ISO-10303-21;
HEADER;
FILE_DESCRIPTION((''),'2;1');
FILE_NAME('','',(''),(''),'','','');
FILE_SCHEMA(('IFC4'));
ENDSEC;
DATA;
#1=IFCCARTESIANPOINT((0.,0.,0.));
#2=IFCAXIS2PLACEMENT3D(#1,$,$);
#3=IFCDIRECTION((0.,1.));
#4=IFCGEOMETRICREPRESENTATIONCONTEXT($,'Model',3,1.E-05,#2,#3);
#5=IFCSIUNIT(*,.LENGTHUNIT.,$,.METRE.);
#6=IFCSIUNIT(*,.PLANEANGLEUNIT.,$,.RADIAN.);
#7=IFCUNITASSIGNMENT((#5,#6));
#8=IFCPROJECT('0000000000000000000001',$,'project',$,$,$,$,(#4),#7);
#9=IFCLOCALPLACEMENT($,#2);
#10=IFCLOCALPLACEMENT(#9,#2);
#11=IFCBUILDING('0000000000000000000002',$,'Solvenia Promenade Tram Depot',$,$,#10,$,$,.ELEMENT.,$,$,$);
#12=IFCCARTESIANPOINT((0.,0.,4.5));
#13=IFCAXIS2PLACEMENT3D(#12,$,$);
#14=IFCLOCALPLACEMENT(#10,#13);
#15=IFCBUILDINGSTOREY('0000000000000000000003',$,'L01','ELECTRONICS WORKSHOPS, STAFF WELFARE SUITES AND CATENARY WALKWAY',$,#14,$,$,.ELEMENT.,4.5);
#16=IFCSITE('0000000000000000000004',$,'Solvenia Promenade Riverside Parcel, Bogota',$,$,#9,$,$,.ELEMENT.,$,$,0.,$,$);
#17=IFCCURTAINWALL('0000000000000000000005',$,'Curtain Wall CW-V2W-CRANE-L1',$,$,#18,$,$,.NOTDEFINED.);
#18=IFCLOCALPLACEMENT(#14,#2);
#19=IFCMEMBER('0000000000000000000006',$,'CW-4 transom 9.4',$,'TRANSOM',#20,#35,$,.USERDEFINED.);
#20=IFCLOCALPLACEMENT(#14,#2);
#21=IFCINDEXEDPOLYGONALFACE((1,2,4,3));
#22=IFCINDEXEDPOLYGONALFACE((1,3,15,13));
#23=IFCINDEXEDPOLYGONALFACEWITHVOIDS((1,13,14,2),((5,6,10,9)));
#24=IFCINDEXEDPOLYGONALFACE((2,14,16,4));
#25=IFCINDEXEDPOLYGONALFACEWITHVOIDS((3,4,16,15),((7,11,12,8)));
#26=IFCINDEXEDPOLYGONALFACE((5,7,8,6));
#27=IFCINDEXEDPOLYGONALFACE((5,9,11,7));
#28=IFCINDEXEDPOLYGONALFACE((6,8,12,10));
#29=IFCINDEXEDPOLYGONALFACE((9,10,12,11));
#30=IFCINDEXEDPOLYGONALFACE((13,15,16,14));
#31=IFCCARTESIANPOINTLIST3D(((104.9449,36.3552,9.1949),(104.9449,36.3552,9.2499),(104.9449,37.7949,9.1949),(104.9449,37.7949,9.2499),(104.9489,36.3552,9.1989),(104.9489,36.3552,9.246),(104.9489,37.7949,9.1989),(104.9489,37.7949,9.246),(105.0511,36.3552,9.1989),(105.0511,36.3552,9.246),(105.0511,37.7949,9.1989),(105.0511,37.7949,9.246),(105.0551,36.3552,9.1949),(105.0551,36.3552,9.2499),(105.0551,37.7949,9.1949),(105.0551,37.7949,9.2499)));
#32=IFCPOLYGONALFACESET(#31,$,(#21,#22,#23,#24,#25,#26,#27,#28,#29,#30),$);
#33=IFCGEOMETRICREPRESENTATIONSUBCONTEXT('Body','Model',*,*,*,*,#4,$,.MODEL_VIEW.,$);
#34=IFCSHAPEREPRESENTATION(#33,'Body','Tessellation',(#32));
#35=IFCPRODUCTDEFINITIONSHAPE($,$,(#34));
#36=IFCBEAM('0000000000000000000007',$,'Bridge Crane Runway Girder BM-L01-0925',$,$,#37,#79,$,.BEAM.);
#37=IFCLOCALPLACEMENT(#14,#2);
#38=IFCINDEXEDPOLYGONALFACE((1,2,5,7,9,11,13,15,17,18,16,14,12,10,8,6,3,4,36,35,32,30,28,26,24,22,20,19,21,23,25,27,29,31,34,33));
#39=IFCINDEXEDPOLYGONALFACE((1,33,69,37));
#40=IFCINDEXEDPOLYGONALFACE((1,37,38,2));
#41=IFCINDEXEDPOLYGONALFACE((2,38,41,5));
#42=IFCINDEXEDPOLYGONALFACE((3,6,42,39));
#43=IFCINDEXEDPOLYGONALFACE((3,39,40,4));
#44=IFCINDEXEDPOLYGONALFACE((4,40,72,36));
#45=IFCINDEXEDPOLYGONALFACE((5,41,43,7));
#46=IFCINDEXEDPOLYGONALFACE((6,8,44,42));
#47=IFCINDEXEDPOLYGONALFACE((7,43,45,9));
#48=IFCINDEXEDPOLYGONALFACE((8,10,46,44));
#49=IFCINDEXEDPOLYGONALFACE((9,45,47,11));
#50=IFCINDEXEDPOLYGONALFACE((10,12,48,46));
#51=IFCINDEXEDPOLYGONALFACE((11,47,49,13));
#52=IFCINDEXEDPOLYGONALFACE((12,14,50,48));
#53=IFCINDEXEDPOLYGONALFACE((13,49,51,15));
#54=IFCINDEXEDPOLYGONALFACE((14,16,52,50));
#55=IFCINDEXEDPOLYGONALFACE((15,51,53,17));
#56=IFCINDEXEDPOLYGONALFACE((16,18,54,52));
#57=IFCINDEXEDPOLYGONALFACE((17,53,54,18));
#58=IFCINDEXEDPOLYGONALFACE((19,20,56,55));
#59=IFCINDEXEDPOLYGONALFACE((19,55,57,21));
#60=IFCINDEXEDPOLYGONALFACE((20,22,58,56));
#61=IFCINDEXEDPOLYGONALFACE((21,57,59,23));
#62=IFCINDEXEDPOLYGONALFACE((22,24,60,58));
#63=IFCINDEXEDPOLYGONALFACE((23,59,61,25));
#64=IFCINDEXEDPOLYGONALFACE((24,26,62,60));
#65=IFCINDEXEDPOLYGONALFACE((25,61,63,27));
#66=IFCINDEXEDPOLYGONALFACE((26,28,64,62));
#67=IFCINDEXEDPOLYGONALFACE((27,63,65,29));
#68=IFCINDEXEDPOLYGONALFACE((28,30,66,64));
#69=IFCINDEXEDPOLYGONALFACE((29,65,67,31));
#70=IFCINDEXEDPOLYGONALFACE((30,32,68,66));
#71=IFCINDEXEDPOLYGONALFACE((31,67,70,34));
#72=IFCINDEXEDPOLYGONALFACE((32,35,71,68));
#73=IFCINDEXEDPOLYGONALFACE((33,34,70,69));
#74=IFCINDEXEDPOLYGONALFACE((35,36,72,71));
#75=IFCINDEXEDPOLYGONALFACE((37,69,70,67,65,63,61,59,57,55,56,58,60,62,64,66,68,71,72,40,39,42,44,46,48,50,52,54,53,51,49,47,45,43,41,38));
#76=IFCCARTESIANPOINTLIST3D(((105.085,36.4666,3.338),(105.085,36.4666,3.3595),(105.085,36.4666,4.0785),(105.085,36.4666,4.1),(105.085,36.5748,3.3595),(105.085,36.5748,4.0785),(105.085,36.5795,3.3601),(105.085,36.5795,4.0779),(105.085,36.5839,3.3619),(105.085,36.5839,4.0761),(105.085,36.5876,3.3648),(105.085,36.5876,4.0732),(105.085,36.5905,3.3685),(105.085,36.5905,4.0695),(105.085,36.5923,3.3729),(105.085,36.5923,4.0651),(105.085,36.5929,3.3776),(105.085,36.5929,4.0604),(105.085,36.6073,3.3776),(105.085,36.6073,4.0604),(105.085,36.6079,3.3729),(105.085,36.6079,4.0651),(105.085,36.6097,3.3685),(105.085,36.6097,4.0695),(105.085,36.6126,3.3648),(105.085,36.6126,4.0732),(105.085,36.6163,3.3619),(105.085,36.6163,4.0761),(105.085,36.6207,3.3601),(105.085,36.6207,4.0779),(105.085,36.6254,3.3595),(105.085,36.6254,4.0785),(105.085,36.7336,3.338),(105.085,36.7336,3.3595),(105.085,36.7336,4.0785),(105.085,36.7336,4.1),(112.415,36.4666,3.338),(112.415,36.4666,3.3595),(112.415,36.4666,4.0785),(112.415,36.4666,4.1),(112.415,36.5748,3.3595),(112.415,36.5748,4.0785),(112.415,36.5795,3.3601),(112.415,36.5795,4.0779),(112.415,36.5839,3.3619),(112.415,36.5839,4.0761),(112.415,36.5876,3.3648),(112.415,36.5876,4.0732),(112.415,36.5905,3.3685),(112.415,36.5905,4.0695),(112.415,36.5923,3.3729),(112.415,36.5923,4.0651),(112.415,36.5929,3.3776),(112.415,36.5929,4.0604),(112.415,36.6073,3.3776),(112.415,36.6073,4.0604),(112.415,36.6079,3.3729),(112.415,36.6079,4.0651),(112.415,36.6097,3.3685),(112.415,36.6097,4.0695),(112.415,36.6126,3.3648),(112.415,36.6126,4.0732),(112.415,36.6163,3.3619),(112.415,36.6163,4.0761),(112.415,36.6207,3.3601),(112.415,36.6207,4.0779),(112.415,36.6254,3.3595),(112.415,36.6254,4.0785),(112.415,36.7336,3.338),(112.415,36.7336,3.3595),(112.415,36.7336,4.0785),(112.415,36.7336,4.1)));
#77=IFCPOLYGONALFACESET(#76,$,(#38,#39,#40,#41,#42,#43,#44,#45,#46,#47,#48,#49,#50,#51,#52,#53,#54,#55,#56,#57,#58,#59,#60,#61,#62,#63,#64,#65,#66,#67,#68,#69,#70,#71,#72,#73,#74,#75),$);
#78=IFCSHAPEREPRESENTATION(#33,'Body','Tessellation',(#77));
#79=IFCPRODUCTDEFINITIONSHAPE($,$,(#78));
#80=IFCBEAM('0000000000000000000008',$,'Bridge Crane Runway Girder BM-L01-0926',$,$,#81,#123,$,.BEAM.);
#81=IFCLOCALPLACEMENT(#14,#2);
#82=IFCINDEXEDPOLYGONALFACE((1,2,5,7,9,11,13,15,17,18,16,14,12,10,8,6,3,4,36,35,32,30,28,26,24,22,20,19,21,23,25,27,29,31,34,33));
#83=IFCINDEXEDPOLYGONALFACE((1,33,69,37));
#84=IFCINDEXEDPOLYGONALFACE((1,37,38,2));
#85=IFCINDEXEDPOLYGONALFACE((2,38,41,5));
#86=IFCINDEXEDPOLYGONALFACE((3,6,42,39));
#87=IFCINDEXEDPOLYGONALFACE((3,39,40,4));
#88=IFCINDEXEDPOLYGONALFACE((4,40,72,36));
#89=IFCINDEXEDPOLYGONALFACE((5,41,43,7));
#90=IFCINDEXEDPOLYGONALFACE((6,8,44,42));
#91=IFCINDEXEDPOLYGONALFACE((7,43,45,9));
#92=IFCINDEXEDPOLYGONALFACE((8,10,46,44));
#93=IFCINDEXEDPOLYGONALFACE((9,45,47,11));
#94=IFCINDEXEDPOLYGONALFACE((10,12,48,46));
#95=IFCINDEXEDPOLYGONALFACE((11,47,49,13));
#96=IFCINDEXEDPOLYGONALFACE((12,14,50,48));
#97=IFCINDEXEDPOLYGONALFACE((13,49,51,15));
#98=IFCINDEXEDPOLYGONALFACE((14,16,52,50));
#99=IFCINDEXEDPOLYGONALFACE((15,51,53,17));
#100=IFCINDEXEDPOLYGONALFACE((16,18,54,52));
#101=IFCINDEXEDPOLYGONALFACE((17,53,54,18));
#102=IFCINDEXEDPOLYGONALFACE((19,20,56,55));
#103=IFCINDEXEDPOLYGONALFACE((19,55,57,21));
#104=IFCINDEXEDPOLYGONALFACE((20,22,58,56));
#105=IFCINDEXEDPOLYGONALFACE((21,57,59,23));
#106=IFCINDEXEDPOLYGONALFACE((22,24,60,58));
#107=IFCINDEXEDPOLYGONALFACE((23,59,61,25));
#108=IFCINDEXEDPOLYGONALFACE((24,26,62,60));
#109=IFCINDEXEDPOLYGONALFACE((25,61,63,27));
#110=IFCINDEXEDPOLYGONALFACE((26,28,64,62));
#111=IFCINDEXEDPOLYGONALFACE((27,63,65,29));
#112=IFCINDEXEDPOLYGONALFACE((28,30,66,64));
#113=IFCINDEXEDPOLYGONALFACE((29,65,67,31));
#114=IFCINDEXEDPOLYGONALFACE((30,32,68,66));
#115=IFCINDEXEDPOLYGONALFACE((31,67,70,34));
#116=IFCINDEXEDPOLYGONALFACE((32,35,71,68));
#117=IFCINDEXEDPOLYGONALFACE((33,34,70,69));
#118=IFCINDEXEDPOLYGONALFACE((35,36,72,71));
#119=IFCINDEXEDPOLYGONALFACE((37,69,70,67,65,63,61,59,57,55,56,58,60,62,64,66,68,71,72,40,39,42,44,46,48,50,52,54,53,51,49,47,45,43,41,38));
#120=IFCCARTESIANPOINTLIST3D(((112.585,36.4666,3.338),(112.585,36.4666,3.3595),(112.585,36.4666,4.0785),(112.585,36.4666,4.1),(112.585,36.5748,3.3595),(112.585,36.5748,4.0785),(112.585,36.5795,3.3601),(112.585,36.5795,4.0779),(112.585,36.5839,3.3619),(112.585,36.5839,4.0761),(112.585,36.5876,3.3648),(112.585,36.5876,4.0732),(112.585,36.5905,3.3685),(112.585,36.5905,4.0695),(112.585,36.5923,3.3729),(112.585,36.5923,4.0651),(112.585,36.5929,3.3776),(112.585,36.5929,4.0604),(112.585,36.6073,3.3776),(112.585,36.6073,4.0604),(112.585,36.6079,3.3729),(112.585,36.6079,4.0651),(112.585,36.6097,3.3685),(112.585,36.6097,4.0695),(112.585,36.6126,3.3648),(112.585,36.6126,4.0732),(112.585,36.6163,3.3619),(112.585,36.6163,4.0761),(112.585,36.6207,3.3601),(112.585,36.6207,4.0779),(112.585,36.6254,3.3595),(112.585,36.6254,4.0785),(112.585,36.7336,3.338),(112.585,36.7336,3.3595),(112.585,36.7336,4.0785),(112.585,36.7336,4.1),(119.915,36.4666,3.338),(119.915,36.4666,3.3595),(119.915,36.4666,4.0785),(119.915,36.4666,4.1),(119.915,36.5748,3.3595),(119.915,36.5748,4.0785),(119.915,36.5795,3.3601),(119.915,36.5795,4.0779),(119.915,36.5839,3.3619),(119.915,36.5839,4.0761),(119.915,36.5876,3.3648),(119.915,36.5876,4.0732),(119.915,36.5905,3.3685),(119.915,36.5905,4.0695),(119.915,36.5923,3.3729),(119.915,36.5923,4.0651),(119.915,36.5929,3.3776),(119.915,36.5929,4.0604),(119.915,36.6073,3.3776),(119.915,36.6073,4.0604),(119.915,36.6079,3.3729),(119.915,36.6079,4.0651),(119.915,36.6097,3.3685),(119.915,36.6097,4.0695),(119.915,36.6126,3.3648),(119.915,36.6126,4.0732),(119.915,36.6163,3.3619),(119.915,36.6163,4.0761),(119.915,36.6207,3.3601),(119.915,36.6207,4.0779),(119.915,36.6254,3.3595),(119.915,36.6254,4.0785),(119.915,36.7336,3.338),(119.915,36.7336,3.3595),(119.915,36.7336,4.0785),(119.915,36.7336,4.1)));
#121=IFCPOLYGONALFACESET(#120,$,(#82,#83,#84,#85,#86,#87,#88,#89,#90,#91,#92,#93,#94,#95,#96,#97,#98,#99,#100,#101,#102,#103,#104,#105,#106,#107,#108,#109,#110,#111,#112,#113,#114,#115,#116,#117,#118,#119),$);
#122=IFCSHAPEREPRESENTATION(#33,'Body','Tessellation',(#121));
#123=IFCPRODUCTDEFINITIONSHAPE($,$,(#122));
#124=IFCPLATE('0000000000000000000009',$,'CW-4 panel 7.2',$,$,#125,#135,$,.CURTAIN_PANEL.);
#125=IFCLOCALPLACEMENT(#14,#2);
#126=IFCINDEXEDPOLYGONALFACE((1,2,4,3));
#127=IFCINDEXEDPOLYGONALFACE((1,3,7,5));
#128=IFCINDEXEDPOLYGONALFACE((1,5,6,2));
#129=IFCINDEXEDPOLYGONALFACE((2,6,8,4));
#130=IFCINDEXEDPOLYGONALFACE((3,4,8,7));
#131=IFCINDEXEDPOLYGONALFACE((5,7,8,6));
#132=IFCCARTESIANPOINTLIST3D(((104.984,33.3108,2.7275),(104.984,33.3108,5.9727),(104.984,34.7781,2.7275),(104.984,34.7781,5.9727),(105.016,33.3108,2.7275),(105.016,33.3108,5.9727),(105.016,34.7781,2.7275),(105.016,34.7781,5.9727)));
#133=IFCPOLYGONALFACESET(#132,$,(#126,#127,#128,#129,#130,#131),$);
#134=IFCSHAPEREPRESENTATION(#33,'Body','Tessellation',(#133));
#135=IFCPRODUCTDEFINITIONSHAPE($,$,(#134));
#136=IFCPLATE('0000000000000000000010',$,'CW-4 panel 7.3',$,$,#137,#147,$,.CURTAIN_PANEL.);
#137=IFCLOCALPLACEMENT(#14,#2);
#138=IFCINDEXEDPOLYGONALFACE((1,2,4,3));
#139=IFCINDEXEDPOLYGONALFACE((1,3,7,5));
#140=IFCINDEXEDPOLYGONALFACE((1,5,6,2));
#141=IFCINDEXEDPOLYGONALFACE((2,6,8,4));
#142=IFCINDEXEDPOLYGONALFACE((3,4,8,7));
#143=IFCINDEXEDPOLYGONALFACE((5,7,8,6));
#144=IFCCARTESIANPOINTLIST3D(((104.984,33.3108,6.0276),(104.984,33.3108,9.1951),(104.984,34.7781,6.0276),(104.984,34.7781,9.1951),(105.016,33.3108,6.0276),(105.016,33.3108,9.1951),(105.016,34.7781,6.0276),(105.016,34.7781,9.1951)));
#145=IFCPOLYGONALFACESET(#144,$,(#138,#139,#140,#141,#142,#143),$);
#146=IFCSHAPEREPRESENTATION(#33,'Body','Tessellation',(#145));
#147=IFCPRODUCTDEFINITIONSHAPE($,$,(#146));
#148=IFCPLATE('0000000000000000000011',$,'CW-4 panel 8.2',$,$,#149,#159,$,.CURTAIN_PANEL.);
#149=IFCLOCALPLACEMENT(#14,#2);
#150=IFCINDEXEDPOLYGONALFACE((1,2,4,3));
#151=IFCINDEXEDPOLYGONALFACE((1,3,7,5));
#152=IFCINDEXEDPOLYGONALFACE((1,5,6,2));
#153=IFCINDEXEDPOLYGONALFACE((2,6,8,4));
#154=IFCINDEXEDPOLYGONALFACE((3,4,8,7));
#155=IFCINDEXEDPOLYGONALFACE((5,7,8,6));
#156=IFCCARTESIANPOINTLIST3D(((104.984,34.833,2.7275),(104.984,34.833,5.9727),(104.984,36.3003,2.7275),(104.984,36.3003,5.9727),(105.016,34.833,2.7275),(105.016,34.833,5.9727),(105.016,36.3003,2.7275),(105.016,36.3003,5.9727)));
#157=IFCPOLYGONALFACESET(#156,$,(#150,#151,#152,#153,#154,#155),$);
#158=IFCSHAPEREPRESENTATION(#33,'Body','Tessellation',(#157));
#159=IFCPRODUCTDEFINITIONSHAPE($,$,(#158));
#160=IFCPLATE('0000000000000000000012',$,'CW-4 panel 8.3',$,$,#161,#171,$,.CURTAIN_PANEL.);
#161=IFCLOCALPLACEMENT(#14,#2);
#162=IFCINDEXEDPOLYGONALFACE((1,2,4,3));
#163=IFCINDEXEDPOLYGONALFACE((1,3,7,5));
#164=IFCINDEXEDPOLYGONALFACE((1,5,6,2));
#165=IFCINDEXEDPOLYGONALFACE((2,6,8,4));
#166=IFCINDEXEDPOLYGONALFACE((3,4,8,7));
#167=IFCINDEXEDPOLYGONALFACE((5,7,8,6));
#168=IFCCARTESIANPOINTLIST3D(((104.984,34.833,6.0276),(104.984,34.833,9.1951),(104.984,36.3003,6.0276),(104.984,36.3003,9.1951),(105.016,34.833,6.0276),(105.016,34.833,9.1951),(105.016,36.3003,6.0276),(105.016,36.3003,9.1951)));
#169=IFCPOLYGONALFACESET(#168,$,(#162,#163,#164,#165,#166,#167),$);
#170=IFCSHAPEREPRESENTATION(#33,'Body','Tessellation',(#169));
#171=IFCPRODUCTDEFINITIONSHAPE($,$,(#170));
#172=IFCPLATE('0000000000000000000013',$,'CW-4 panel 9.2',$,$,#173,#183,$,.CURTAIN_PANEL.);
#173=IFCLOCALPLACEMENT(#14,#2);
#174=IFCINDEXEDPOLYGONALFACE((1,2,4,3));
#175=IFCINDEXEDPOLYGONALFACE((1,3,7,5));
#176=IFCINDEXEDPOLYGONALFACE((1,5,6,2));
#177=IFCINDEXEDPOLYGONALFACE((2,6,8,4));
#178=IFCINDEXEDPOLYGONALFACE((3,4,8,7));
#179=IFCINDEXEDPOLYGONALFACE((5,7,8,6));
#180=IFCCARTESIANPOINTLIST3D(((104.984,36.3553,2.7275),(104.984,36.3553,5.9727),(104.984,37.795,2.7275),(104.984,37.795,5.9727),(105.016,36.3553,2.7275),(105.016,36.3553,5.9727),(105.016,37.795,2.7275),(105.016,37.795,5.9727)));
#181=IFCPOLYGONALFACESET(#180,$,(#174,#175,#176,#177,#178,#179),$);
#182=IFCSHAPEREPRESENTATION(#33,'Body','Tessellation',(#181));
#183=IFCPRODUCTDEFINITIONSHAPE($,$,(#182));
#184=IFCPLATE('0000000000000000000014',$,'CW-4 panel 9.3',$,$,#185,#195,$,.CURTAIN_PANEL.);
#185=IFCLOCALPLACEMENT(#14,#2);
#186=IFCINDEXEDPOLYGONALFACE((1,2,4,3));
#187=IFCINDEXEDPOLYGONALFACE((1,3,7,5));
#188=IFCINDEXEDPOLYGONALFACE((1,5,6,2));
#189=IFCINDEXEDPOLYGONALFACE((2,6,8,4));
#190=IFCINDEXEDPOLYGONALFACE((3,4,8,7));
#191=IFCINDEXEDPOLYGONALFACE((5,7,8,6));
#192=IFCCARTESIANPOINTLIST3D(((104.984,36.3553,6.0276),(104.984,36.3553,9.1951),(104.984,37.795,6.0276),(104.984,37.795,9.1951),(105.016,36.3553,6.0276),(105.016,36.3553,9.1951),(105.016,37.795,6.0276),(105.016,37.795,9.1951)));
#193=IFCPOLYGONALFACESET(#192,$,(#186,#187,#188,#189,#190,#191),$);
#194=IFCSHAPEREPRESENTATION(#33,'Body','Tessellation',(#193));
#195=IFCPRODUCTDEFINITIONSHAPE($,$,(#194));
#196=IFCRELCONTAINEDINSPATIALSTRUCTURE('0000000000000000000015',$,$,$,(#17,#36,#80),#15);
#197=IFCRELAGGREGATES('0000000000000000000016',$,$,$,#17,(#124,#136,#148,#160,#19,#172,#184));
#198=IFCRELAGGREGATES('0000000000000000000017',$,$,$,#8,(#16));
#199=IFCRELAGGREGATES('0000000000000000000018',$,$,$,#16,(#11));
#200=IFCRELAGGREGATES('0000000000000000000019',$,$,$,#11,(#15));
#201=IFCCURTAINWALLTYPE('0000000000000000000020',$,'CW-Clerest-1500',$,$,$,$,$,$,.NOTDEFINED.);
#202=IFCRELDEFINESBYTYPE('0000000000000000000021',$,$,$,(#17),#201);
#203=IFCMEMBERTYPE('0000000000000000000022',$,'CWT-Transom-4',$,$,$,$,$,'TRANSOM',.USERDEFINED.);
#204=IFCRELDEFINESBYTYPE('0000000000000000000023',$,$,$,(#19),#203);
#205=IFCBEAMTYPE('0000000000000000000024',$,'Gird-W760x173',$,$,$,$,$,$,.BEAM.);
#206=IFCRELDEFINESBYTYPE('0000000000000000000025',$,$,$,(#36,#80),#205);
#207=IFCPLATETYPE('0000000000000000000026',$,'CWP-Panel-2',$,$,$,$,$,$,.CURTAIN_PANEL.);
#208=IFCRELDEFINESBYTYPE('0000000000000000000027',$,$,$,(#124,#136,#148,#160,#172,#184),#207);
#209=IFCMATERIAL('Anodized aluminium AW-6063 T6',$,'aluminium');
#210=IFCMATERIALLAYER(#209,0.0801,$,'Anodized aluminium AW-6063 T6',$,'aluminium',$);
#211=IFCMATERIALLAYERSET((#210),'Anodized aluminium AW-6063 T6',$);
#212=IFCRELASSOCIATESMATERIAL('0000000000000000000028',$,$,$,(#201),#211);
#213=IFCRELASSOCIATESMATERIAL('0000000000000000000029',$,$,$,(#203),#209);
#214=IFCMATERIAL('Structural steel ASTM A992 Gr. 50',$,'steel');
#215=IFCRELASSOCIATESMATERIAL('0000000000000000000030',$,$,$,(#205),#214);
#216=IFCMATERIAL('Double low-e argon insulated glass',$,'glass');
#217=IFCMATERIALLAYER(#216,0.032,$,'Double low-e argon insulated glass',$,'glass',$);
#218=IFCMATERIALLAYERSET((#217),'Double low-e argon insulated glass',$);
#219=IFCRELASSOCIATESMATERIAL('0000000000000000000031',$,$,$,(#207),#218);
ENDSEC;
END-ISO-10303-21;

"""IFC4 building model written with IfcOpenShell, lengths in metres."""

from ifc_helpers import new_model, si_unit, direction, frame, origin, origin_2d, place, context, subcontext, project, spatial, rectangle, hollow_rectangle, i_section, extrude, material, layer, layer_set, material_profile, profile_set, type_object, element, aggregate, save


model = new_model("IFC4")

# Units and contexts
model_context = context("Model", 3, precision=1e-05, world=origin(), true_north=direction((0.0, 1.0)))
body_context = subcontext(model_context, "Body", "Model", "MODEL_VIEW")
ifc_project = project(units=[si_unit("LENGTHUNIT", "METRE"), si_unit("PLANEANGLEUNIT", "RADIAN")], contexts=[model_context])

# Site, building, storey
site_placement = place(None, origin())
site = spatial("IfcSite", under=ifc_project, at=site_placement, Name="Solvenia Promenade Riverside Parcel, Bogota", CompositionType="ELEMENT", RefElevation=0.0)
building_placement = place(site_placement, origin())
building = spatial("IfcBuilding", under=site, at=building_placement, Name="Solvenia Promenade Tram Depot", CompositionType="ELEMENT")
storey_placement = place(building_placement, frame((0.0, 0.0, 4.5)))
storey = spatial("IfcBuildingStorey", under=building, at=storey_placement, Name="L01", Description="ELECTRONICS WORKSHOPS, STAFF WELFARE SUITES AND CATENARY WALKWAY", CompositionType="ELEMENT", Elevation=4.5)

# Curtain wall, member
ifc_material_1 = material(Name="Anodized aluminium AW-6063 T6", Category="aluminium")
ifc_layer_1 = layer(ifc_material_1, 0.0801, Name="Anodized aluminium AW-6063 T6", Category="aluminium")
ifc_layer_set_1 = layer_set([ifc_layer_1], Name="Anodized aluminium AW-6063 T6")
curtain_wall_type_1 = type_object("IfcCurtainWallType", Name="CW-Clerest-1500", PredefinedType="NOTDEFINED", material=ifc_layer_set_1)
curtain_wall_1_placement = place(storey_placement, origin())
curtain_wall_1 = element("IfcCurtainWall", 1, at=curtain_wall_1_placement, inside=storey, type_object=curtain_wall_type_1, Name="Curtain Wall CW-V2W-CRANE-L1", PredefinedType="NOTDEFINED")
ifc_material_profile_1 = material_profile(ifc_material_1, hollow_rectangle(XDim=0.1101, YDim=0.0549, WallThickness=0.0039, at=origin_2d()), Name="ALU-T4", Category="aluminium")
ifc_profile_set_1 = profile_set([ifc_material_profile_1], Name="Anodized aluminium AW-6063 T6")
member_type_1 = type_object("IfcMemberType", Name="CWT-Transom-4", ElementType="TRANSOM", PredefinedType="USERDEFINED", material=ifc_profile_set_1)
member_1_placement = place(storey_placement, frame((105.0, 36.3552, 9.2224), z_axis=(0.0, 1.0, 0.0), x_axis=(-1.0, 0.0, 0.0)))
member_1 = element("IfcMember", 2, at=member_1_placement, type_object=member_type_1, Name="CW-4 transom 9.4", ObjectType="TRANSOM", PredefinedType="USERDEFINED", context=body_context, shape_type="SweptSolid", body=[
    extrude(hollow_rectangle(XDim=0.1101, YDim=0.0549, WallThickness=0.0039, at=origin_2d()), origin(), (0.0, 0.0, 1.0), 1.4397),
])

# Beams
ifc_material_2 = material(Name="Structural steel ASTM A992 Gr. 50", Category="steel")
ifc_material_profile_2 = material_profile(ifc_material_2, i_section(OverallWidth=0.2671, OverallDepth=0.762, WebThickness=0.0144, FlangeThickness=0.0215, FilletRadius=0.0181, at=origin_2d()), Name="W760x173", Category="steel")
ifc_profile_set_2 = profile_set([ifc_material_profile_2], Name="Structural steel ASTM A992 Gr. 50")
beam_type = type_object("IfcBeamType", Name="Gird-W760x173", PredefinedType="BEAM", material=ifc_profile_set_2)
for number, where, z_axis, x_axis, name in (
    (3, (105.085, 36.6001, 3.719), (1.0, 0.0, 0.0), (0.0, 1.0, 0.0), "Bridge Crane Runway Girder BM-L01-0925"),
    (4, (112.585, 36.6001, 3.719), (1.0, 0.0, 0.0), (0.0, 1.0, 0.0), "Bridge Crane Runway Girder BM-L01-0926"),
):
    element("IfcBeam", number, at=place(storey_placement, frame(where, z_axis=z_axis, x_axis=x_axis)), inside=storey, type_object=beam_type, Name=name, PredefinedType="BEAM", context=body_context, shape_type="SweptSolid", body=[
        extrude(i_section(OverallWidth=0.2671, OverallDepth=0.762, WebThickness=0.0144, FlangeThickness=0.0215, FilletRadius=0.0181, at=origin_2d()), origin(), (0.0, 0.0, 1.0), 7.3301),
    ])

# Plates
ifc_material_3 = material(Name="Double low-e argon insulated glass", Category="glass")
ifc_layer_2 = layer(ifc_material_3, 0.032, Name="Double low-e argon insulated glass", Category="glass")
ifc_layer_set_2 = layer_set([ifc_layer_2], Name="Double low-e argon insulated glass")
plate_type = type_object("IfcPlateType", Name="CWP-Panel-2", PredefinedType="CURTAIN_PANEL", material=ifc_layer_set_2)
plate_1_placement = place(storey_placement, frame((105.0, 34.0444, 2.7275), z_axis=(0.0, 0.0, 1.0), x_axis=(0.0, 1.0, 0.0)))
plate_1 = element("IfcPlate", 5, at=plate_1_placement, type_object=plate_type, Name="CW-4 panel 7.2", PredefinedType="CURTAIN_PANEL", context=body_context, shape_type="SweptSolid", body=[
    extrude(rectangle(XDim=1.4673, YDim=0.032, at=origin_2d()), origin(), (0.0, 0.0, 1.0), 3.2451),
])
plate_2_placement = place(storey_placement, frame((105.0, 34.0444, 6.0276), z_axis=(0.0, 0.0, 1.0), x_axis=(0.0, 1.0, 0.0)))
plate_2 = element("IfcPlate", 6, at=plate_2_placement, type_object=plate_type, Name="CW-4 panel 7.3", PredefinedType="CURTAIN_PANEL", context=body_context, shape_type="SweptSolid", body=[
    extrude(rectangle(XDim=1.4673, YDim=0.032, at=origin_2d()), origin(), (0.0, 0.0, 1.0), 3.1675),
])
plate_3_placement = place(storey_placement, frame((105.0, 35.5667, 2.7275), z_axis=(0.0, 0.0, 1.0), x_axis=(0.0, 1.0, 0.0)))
plate_3 = element("IfcPlate", 7, at=plate_3_placement, type_object=plate_type, Name="CW-4 panel 8.2", PredefinedType="CURTAIN_PANEL", context=body_context, shape_type="SweptSolid", body=[
    extrude(rectangle(XDim=1.4673, YDim=0.032, at=origin_2d()), origin(), (0.0, 0.0, 1.0), 3.2451),
])
plate_4_placement = place(storey_placement, frame((105.0, 35.5667, 6.0276), z_axis=(0.0, 0.0, 1.0), x_axis=(0.0, 1.0, 0.0)))
plate_4 = element("IfcPlate", 8, at=plate_4_placement, type_object=plate_type, Name="CW-4 panel 8.3", PredefinedType="CURTAIN_PANEL", context=body_context, shape_type="SweptSolid", body=[
    extrude(rectangle(XDim=1.4673, YDim=0.032, at=origin_2d()), origin(), (0.0, 0.0, 1.0), 3.1675),
])
plate_5_placement = place(storey_placement, frame((105.0, 37.0752, 2.7275), z_axis=(0.0, 0.0, 1.0), x_axis=(0.0, 1.0, 0.0)))
plate_5 = element("IfcPlate", 9, at=plate_5_placement, type_object=plate_type, Name="CW-4 panel 9.2", PredefinedType="CURTAIN_PANEL", context=body_context, shape_type="SweptSolid", body=[
    extrude(rectangle(XDim=1.4397, YDim=0.032, at=origin_2d()), origin(), (0.0, 0.0, 1.0), 3.2451),
])
plate_6_placement = place(storey_placement, frame((105.0, 37.0752, 6.0276), z_axis=(0.0, 0.0, 1.0), x_axis=(0.0, 1.0, 0.0)))
plate_6 = element("IfcPlate", 10, at=plate_6_placement, type_object=plate_type, Name="CW-4 panel 9.3", PredefinedType="CURTAIN_PANEL", context=body_context, shape_type="SweptSolid", body=[
    extrude(rectangle(XDim=1.4397, YDim=0.032, at=origin_2d()), origin(), (0.0, 0.0, 1.0), 3.1675),
])
aggregate(curtain_wall_1, [plate_1, plate_2, plate_3, plate_4, member_1, plate_5, plate_6])

save(model, "model.ifc")
